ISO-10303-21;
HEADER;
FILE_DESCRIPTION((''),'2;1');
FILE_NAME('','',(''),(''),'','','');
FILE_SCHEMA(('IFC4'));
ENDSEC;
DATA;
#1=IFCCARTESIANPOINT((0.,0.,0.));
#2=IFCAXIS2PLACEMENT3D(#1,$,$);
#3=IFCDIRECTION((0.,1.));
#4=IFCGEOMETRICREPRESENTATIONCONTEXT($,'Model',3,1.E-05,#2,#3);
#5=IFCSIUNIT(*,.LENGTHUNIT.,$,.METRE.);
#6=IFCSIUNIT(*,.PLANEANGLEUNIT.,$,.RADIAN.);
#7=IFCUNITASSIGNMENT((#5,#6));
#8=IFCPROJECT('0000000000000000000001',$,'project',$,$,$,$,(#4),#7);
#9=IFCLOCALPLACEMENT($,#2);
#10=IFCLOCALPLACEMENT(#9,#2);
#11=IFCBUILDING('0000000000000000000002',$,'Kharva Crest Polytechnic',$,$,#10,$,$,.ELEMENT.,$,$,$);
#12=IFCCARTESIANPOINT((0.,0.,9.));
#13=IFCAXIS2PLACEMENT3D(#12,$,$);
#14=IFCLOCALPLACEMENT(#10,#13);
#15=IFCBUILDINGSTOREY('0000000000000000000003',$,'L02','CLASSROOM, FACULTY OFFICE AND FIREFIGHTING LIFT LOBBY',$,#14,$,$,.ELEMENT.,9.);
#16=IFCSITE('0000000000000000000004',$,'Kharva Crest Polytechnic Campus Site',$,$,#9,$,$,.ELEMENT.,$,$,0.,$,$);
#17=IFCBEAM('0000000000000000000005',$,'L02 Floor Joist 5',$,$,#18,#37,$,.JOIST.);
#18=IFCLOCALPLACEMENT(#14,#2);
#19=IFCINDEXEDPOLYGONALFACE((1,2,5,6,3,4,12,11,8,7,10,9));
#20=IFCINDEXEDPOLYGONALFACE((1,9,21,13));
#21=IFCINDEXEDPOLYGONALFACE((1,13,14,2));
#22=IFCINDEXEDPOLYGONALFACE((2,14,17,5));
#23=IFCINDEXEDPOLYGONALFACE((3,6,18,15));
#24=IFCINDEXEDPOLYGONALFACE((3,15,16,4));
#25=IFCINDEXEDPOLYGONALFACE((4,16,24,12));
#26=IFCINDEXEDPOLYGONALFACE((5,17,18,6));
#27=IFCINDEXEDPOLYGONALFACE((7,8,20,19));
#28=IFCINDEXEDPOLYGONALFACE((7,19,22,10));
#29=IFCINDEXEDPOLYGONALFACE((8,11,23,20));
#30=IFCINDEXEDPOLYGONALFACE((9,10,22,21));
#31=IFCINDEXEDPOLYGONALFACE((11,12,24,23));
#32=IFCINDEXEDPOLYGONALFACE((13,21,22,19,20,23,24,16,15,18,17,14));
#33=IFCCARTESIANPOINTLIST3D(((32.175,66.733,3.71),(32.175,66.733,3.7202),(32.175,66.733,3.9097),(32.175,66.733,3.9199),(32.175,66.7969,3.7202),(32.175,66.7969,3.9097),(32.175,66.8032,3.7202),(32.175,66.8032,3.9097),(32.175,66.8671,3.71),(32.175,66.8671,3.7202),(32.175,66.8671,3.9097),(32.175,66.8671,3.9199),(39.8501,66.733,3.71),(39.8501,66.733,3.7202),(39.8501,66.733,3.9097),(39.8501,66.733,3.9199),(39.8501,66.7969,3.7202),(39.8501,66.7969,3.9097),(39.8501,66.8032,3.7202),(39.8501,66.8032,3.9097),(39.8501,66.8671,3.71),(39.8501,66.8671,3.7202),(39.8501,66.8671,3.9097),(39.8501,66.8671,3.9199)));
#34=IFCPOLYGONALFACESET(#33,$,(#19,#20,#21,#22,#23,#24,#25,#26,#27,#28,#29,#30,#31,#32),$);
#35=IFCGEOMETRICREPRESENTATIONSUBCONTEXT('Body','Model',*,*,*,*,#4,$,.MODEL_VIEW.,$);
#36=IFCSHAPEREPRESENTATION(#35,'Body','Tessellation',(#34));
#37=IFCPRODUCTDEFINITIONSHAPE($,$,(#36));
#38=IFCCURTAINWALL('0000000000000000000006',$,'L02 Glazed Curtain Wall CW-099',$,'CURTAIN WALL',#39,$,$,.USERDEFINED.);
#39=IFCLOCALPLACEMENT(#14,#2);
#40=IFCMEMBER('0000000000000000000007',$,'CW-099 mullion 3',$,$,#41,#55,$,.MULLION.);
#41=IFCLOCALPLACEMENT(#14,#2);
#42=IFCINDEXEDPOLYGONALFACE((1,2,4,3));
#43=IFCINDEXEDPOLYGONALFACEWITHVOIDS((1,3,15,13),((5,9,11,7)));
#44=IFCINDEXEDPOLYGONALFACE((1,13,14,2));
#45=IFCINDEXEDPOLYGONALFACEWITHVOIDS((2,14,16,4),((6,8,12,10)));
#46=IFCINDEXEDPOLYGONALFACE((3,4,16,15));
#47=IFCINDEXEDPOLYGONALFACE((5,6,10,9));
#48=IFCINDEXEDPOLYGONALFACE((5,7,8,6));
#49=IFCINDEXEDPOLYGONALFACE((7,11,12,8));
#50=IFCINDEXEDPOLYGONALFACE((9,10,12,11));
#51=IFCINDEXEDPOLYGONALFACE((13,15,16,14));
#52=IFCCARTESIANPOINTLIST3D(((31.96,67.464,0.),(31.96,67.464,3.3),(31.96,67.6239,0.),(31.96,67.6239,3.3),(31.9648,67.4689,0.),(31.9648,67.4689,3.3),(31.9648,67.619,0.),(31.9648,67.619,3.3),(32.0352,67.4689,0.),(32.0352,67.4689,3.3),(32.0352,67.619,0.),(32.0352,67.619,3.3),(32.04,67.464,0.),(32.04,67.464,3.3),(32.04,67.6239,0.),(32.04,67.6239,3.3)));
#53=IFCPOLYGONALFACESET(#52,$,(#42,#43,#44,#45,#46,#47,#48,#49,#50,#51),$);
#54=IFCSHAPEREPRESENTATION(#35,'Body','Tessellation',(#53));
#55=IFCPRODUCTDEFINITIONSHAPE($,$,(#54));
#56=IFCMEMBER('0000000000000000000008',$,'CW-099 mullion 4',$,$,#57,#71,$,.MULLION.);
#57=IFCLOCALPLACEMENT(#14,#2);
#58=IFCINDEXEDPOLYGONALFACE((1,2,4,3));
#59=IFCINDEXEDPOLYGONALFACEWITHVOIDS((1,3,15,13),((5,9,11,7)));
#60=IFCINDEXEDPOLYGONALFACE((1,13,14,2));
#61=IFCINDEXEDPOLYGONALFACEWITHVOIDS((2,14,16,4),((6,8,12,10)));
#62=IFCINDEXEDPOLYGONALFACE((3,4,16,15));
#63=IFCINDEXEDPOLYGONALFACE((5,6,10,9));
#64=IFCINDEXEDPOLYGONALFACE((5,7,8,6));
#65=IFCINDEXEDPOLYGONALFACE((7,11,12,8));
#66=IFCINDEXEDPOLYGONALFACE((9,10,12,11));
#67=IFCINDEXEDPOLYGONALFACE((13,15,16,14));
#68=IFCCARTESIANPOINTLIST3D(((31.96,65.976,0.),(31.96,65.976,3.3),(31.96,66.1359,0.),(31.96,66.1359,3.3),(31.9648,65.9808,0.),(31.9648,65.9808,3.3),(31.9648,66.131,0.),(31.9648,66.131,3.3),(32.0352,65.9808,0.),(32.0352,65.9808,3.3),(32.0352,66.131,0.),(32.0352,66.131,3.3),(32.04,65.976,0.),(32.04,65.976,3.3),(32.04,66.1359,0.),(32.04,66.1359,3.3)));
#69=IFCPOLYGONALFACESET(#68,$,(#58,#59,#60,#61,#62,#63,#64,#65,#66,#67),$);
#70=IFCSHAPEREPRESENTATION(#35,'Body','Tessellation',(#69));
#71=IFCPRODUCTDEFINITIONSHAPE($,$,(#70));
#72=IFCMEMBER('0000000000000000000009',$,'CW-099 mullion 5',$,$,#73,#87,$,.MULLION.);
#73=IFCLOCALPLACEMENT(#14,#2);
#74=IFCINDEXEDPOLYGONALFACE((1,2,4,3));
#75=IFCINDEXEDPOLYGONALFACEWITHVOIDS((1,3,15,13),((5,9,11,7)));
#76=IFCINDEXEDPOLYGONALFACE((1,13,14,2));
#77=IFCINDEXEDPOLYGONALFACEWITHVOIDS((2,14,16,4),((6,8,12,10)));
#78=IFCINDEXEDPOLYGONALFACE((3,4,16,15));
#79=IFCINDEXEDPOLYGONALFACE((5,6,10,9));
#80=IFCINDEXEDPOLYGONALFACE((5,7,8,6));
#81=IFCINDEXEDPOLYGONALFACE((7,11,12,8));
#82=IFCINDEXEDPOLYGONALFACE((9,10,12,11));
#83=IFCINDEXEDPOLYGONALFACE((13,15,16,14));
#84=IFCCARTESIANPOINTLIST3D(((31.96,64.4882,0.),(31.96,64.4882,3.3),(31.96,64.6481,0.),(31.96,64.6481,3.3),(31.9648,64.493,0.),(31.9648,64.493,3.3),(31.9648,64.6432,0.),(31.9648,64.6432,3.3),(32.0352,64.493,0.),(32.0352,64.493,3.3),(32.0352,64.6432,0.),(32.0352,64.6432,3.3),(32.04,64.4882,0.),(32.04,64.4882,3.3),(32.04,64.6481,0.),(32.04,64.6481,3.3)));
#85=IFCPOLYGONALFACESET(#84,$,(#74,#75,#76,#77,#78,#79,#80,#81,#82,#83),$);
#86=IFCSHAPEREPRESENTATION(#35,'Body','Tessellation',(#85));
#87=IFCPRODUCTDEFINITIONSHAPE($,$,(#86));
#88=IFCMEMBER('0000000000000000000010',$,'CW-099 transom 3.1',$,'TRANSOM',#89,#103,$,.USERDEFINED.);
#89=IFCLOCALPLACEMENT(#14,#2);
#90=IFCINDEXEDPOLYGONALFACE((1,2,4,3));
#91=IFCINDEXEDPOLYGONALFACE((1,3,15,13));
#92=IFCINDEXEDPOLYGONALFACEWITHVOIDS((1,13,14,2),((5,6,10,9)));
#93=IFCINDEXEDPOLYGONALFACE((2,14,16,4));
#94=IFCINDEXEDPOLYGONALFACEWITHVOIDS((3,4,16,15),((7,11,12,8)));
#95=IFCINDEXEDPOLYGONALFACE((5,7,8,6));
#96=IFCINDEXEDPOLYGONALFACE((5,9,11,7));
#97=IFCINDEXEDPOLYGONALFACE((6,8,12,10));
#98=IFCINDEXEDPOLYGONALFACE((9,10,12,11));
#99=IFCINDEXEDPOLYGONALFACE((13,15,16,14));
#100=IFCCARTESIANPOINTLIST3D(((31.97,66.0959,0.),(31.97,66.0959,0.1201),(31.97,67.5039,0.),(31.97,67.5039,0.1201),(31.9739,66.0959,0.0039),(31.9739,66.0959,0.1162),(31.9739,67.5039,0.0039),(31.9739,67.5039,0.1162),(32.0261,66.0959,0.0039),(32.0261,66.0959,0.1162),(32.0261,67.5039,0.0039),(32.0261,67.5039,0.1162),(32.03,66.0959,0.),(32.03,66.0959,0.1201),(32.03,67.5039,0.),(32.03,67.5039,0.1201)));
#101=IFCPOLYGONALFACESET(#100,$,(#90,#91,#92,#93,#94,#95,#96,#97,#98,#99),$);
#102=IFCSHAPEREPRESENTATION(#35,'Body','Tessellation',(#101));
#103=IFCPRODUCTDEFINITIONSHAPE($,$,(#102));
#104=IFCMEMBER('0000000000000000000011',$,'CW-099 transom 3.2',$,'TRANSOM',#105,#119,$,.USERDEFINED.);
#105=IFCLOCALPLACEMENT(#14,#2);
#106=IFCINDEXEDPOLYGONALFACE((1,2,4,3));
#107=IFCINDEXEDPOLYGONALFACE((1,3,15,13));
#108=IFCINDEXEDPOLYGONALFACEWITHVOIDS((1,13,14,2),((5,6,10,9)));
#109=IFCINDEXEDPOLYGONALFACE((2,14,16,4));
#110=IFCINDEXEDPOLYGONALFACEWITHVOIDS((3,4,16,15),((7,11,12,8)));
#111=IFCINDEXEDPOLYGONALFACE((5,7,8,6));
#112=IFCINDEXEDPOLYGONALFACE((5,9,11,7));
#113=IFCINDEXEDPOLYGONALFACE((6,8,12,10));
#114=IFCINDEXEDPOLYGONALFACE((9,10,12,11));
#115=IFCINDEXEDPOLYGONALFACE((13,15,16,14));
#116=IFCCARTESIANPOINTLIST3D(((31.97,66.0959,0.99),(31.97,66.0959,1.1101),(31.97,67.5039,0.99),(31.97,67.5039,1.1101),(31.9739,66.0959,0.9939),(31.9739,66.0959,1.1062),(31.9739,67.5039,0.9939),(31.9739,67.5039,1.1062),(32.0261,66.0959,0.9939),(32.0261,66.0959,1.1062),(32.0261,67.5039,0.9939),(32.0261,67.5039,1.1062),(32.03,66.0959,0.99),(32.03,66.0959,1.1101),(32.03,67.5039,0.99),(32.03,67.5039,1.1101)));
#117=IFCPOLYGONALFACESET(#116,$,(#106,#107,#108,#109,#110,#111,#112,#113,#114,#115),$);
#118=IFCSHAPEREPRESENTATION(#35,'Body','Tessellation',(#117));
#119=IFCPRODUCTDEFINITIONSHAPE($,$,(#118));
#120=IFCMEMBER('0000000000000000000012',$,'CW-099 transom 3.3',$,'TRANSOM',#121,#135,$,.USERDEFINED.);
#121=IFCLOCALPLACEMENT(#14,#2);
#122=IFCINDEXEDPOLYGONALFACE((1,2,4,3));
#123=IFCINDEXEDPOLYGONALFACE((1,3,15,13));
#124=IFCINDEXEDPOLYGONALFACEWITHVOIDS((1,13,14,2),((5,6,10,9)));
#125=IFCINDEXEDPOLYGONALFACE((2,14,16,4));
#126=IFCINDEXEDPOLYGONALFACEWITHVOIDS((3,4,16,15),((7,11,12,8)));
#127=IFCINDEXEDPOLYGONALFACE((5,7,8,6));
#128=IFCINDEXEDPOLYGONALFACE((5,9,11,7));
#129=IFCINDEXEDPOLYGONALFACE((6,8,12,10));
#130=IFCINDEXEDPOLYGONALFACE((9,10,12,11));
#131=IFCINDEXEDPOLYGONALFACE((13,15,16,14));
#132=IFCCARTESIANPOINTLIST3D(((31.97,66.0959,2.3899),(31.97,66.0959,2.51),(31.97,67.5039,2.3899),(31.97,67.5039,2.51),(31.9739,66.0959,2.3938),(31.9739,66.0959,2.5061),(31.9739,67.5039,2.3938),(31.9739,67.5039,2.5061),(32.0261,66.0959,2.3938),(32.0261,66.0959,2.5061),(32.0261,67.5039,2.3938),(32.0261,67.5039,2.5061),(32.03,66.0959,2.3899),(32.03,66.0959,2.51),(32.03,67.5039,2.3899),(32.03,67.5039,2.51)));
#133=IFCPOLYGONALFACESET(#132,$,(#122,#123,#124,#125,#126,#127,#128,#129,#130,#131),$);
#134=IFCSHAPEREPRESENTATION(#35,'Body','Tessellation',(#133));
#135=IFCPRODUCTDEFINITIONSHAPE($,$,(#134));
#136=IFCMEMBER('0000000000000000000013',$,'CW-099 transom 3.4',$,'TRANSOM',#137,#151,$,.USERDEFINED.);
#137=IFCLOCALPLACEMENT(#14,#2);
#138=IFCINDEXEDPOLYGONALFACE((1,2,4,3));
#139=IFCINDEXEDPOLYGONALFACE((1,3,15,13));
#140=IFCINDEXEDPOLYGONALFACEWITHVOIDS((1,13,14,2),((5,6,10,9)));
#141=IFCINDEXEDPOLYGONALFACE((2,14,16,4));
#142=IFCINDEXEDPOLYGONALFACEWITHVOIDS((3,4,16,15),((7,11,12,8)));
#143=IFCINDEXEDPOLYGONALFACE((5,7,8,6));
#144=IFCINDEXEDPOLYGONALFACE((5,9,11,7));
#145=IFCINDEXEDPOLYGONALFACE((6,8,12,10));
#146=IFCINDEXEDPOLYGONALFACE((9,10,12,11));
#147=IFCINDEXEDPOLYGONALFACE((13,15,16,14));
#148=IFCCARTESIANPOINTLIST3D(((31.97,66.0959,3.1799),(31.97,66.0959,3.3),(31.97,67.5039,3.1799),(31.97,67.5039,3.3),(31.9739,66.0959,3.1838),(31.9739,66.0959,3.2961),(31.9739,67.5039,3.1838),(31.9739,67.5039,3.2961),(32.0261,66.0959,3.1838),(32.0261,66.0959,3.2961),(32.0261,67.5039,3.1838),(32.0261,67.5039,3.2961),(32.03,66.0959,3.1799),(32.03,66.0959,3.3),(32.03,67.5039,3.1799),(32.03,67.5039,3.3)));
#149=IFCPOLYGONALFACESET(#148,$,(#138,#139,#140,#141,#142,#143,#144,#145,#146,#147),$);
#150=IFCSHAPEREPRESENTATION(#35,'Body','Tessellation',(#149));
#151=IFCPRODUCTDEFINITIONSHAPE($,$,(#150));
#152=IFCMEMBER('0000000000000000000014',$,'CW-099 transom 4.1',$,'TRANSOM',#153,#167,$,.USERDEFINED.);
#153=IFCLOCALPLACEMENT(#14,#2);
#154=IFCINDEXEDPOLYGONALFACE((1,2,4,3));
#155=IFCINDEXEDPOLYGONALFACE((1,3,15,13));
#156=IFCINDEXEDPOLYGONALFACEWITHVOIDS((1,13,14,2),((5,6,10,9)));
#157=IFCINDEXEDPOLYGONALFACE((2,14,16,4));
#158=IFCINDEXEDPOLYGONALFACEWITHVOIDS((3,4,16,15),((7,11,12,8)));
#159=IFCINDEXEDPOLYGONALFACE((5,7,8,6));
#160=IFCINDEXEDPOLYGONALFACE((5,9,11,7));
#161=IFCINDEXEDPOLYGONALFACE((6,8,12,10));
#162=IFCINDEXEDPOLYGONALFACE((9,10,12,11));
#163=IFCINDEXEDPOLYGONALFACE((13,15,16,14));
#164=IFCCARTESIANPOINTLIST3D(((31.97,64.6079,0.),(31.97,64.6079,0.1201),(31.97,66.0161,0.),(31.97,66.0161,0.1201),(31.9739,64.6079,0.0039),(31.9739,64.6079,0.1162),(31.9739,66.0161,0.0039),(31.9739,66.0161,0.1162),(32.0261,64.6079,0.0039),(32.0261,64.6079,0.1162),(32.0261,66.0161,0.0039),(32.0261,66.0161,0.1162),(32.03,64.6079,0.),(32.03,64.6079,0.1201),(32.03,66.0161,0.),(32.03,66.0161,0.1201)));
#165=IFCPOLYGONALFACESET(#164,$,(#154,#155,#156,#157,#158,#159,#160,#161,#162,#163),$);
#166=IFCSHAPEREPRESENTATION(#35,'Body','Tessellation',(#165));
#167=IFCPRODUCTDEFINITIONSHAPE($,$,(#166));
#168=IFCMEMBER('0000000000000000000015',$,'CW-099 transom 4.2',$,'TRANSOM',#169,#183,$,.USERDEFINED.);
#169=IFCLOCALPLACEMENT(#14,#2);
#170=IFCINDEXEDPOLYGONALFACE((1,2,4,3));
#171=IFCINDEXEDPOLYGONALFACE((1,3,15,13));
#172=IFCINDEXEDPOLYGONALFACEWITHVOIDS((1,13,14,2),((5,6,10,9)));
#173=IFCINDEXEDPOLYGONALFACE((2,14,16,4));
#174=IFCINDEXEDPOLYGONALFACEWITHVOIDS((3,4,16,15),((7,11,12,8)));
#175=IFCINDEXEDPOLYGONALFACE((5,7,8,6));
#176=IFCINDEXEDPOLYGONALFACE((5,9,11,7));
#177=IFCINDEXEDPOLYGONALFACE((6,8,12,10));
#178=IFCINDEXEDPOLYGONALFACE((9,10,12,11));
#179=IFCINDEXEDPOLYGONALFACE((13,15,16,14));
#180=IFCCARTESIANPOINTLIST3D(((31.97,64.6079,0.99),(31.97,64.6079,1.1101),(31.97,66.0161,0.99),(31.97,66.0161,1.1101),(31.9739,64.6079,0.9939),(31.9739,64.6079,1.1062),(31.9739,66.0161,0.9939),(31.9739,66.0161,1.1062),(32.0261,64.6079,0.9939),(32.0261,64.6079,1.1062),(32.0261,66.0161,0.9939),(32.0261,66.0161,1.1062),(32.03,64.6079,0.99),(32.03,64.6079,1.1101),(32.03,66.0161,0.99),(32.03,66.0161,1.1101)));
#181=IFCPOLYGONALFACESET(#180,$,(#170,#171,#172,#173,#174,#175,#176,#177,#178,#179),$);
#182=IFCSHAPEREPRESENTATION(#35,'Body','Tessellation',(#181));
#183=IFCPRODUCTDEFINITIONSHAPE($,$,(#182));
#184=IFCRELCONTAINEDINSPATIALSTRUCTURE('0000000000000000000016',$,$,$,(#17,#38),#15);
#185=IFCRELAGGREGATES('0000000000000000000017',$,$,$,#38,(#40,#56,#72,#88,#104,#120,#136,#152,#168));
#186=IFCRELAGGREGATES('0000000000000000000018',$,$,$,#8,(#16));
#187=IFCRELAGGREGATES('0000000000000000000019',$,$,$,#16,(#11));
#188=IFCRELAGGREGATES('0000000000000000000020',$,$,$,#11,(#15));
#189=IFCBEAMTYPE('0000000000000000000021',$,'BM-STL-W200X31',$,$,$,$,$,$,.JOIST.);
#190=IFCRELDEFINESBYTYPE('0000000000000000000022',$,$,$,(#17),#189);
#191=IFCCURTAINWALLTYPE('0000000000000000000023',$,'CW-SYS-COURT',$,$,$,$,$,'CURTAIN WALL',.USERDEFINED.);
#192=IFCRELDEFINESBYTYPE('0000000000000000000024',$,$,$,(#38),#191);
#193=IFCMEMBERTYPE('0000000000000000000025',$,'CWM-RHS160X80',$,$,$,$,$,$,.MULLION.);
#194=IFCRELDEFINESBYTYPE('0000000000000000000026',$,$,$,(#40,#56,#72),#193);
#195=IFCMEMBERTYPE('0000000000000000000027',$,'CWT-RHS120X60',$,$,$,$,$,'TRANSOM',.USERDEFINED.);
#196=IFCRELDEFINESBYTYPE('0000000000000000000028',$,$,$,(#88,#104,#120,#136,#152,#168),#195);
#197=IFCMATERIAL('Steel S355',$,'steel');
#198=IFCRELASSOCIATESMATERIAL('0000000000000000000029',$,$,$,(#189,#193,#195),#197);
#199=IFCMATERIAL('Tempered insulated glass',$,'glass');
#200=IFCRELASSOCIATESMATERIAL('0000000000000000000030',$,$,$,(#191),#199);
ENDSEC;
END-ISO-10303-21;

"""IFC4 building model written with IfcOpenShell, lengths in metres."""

from ifc_helpers import new_model, si_unit, direction, frame, origin, origin_2d, place, context, subcontext, project, spatial, hollow_rectangle, i_section, extrude, material, material_profile, profile_set, type_object, element, aggregate, save


model = new_model("IFC4")

# Units and contexts
model_context = context("Model", 3, precision=1e-05, world=origin(), true_north=direction((0.0, 1.0)))
body_context = subcontext(model_context, "Body", "Model", "MODEL_VIEW")
ifc_project = project(units=[si_unit("LENGTHUNIT", "METRE"), si_unit("PLANEANGLEUNIT", "RADIAN")], contexts=[model_context])

# Site, building, storey
site_placement = place(None, origin())
site = spatial("IfcSite", under=ifc_project, at=site_placement, Name="Kharva Crest Polytechnic Campus Site", CompositionType="ELEMENT", RefElevation=0.0)
building_placement = place(site_placement, origin())
building = spatial("IfcBuilding", under=site, at=building_placement, Name="Kharva Crest Polytechnic", CompositionType="ELEMENT")
storey_placement = place(building_placement, frame((0.0, 0.0, 9.0)))
storey = spatial("IfcBuildingStorey", under=building, at=storey_placement, Name="L02", Description="CLASSROOM, FACULTY OFFICE AND FIREFIGHTING LIFT LOBBY", CompositionType="ELEMENT", Elevation=9.0)

# Beam
ifc_material_1 = material(Name="Steel S355", Category="steel")
ifc_material_profile_1 = material_profile(ifc_material_1, i_section(OverallWidth=0.134, OverallDepth=0.21, WebThickness=0.0063, FlangeThickness=0.0103, at=origin_2d()), Name="W200X31.3")
ifc_profile_set_1 = profile_set([ifc_material_profile_1], Name="Steel S355")
beam_type = type_object("IfcBeamType", Name="BM-STL-W200X31", PredefinedType="JOIST", material=ifc_profile_set_1)
beam_placement = place(storey_placement, frame((32.175, 66.8, 3.8149), z_axis=(1.0, 0.0, 0.0), x_axis=(0.0, 1.0, 0.0)))
element("IfcBeam", 1, at=beam_placement, inside=storey, type_object=beam_type, Name="L02 Floor Joist 5", PredefinedType="JOIST", context=body_context, shape_type="SweptSolid", body=[
    extrude(i_section(OverallWidth=0.134, OverallDepth=0.21, WebThickness=0.0063, FlangeThickness=0.0103, at=origin_2d()), origin(), (0.0, 0.0, 1.0), 7.675),
])

# Curtain wall, members
ifc_material_2 = material(Name="Tempered insulated glass", Category="glass")
curtain_wall_type = type_object("IfcCurtainWallType", Name="CW-SYS-COURT", ElementType="CURTAIN WALL", PredefinedType="USERDEFINED", material=ifc_material_2)
curtain_wall_placement = place(storey_placement, origin())
curtain_wall = element("IfcCurtainWall", 2, at=curtain_wall_placement, inside=storey, type_object=curtain_wall_type, Name="L02 Glazed Curtain Wall CW-099", ObjectType="CURTAIN WALL", PredefinedType="USERDEFINED")
ifc_material_profile_2 = material_profile(ifc_material_1, hollow_rectangle(XDim=0.0801, YDim=0.1599, WallThickness=0.0049, at=origin_2d()), Name="RHS 160X80X5.0")
ifc_profile_set_2 = profile_set([ifc_material_profile_2], Name="Steel S355")
member_type_1 = type_object("IfcMemberType", Name="CWM-RHS160X80", PredefinedType="MULLION", material=ifc_profile_set_2)
member_1_placement = place(storey_placement, frame((32.0, 67.5439, 0.0), z_axis=(0.0, 0.0, 1.0), x_axis=(1.0, 0.0, 0.0)))
member_1 = element("IfcMember", 3, at=member_1_placement, type_object=member_type_1, Name="CW-099 mullion 3", PredefinedType="MULLION", context=body_context, shape_type="SweptSolid", body=[
    extrude(hollow_rectangle(XDim=0.0801, YDim=0.1599, WallThickness=0.0049, at=origin_2d()), origin(), (0.0, 0.0, 1.0), 3.3),
])
member_2_placement = place(storey_placement, frame((32.0, 66.0559, 0.0), z_axis=(0.0, 0.0, 1.0), x_axis=(1.0, 0.0, 0.0)))
member_2 = element("IfcMember", 4, at=member_2_placement, type_object=member_type_1, Name="CW-099 mullion 4", PredefinedType="MULLION", context=body_context, shape_type="SweptSolid", body=[
    extrude(hollow_rectangle(XDim=0.0801, YDim=0.1599, WallThickness=0.0049, at=origin_2d()), origin(), (0.0, 0.0, 1.0), 3.3),
])
member_3_placement = place(storey_placement, frame((32.0, 64.5681, 0.0), z_axis=(0.0, 0.0, 1.0), x_axis=(1.0, 0.0, 0.0)))
member_3 = element("IfcMember", 5, at=member_3_placement, type_object=member_type_1, Name="CW-099 mullion 5", PredefinedType="MULLION", context=body_context, shape_type="SweptSolid", body=[
    extrude(hollow_rectangle(XDim=0.0801, YDim=0.1599, WallThickness=0.0049, at=origin_2d()), origin(), (0.0, 0.0, 1.0), 3.3),
])
ifc_material_profile_3 = material_profile(ifc_material_1, hollow_rectangle(XDim=0.0601, YDim=0.1201, WallThickness=0.0039, at=origin_2d()), Name="RHS 120X60X4.0")
ifc_profile_set_3 = profile_set([ifc_material_profile_3], Name="Steel S355")
member_type_2 = type_object("IfcMemberType", Name="CWT-RHS120X60", ElementType="TRANSOM", PredefinedType="USERDEFINED", material=ifc_profile_set_3)
member_4_placement = place(storey_placement, frame((32.0, 67.5039, 0.0601), z_axis=(0.0, -1.0, 0.0), x_axis=(1.0, 0.0, 0.0)))
member_4 = element("IfcMember", 6, at=member_4_placement, type_object=member_type_2, Name="CW-099 transom 3.1", ObjectType="TRANSOM", PredefinedType="USERDEFINED", context=body_context, shape_type="SweptSolid", body=[
    extrude(hollow_rectangle(XDim=0.0601, YDim=0.1201, WallThickness=0.0039, at=origin_2d()), origin(), (0.0, 0.0, 1.0), 1.408),
])
member_5_placement = place(storey_placement, frame((32.0, 67.5039, 1.05), z_axis=(0.0, -1.0, 0.0), x_axis=(1.0, 0.0, 0.0)))
member_5 = element("IfcMember", 7, at=member_5_placement, type_object=member_type_2, Name="CW-099 transom 3.2", ObjectType="TRANSOM", PredefinedType="USERDEFINED", context=body_context, shape_type="SweptSolid", body=[
    extrude(hollow_rectangle(XDim=0.0601, YDim=0.1201, WallThickness=0.0039, at=origin_2d()), origin(), (0.0, 0.0, 1.0), 1.408),
])
member_6_placement = place(storey_placement, frame((32.0, 67.5039, 2.45), z_axis=(0.0, -1.0, 0.0), x_axis=(1.0, 0.0, 0.0)))
member_6 = element("IfcMember", 8, at=member_6_placement, type_object=member_type_2, Name="CW-099 transom 3.3", ObjectType="TRANSOM", PredefinedType="USERDEFINED", context=body_context, shape_type="SweptSolid", body=[
    extrude(hollow_rectangle(XDim=0.0601, YDim=0.1201, WallThickness=0.0039, at=origin_2d()), origin(), (0.0, 0.0, 1.0), 1.408),
])
member_7_placement = place(storey_placement, frame((32.0, 67.5039, 3.24), z_axis=(0.0, -1.0, 0.0), x_axis=(1.0, 0.0, 0.0)))
member_7 = element("IfcMember", 9, at=member_7_placement, type_object=member_type_2, Name="CW-099 transom 3.4", ObjectType="TRANSOM", PredefinedType="USERDEFINED", context=body_context, shape_type="SweptSolid", body=[
    extrude(hollow_rectangle(XDim=0.0601, YDim=0.1201, WallThickness=0.0039, at=origin_2d()), origin(), (0.0, 0.0, 1.0), 1.408),
])
member_8_placement = place(storey_placement, frame((32.0, 66.0161, 0.0601), z_axis=(0.0, -1.0, 0.0), x_axis=(1.0, 0.0, 0.0)))
member_8 = element("IfcMember", 10, at=member_8_placement, type_object=member_type_2, Name="CW-099 transom 4.1", ObjectType="TRANSOM", PredefinedType="USERDEFINED", context=body_context, shape_type="SweptSolid", body=[
    extrude(hollow_rectangle(XDim=0.0601, YDim=0.1201, WallThickness=0.0039, at=origin_2d()), origin(), (0.0, 0.0, 1.0), 1.4082),
])
member_9_placement = place(storey_placement, frame((32.0, 66.0161, 1.05), z_axis=(0.0, -1.0, 0.0), x_axis=(1.0, 0.0, 0.0)))
member_9 = element("IfcMember", 11, at=member_9_placement, type_object=member_type_2, Name="CW-099 transom 4.2", ObjectType="TRANSOM", PredefinedType="USERDEFINED", context=body_context, shape_type="SweptSolid", body=[
    extrude(hollow_rectangle(XDim=0.0601, YDim=0.1201, WallThickness=0.0039, at=origin_2d()), origin(), (0.0, 0.0, 1.0), 1.4082),
])

aggregate(curtain_wall, [member_1, member_2, member_3, member_4, member_5, member_6, member_7, member_8, member_9])

save(model, "model.ifc")
